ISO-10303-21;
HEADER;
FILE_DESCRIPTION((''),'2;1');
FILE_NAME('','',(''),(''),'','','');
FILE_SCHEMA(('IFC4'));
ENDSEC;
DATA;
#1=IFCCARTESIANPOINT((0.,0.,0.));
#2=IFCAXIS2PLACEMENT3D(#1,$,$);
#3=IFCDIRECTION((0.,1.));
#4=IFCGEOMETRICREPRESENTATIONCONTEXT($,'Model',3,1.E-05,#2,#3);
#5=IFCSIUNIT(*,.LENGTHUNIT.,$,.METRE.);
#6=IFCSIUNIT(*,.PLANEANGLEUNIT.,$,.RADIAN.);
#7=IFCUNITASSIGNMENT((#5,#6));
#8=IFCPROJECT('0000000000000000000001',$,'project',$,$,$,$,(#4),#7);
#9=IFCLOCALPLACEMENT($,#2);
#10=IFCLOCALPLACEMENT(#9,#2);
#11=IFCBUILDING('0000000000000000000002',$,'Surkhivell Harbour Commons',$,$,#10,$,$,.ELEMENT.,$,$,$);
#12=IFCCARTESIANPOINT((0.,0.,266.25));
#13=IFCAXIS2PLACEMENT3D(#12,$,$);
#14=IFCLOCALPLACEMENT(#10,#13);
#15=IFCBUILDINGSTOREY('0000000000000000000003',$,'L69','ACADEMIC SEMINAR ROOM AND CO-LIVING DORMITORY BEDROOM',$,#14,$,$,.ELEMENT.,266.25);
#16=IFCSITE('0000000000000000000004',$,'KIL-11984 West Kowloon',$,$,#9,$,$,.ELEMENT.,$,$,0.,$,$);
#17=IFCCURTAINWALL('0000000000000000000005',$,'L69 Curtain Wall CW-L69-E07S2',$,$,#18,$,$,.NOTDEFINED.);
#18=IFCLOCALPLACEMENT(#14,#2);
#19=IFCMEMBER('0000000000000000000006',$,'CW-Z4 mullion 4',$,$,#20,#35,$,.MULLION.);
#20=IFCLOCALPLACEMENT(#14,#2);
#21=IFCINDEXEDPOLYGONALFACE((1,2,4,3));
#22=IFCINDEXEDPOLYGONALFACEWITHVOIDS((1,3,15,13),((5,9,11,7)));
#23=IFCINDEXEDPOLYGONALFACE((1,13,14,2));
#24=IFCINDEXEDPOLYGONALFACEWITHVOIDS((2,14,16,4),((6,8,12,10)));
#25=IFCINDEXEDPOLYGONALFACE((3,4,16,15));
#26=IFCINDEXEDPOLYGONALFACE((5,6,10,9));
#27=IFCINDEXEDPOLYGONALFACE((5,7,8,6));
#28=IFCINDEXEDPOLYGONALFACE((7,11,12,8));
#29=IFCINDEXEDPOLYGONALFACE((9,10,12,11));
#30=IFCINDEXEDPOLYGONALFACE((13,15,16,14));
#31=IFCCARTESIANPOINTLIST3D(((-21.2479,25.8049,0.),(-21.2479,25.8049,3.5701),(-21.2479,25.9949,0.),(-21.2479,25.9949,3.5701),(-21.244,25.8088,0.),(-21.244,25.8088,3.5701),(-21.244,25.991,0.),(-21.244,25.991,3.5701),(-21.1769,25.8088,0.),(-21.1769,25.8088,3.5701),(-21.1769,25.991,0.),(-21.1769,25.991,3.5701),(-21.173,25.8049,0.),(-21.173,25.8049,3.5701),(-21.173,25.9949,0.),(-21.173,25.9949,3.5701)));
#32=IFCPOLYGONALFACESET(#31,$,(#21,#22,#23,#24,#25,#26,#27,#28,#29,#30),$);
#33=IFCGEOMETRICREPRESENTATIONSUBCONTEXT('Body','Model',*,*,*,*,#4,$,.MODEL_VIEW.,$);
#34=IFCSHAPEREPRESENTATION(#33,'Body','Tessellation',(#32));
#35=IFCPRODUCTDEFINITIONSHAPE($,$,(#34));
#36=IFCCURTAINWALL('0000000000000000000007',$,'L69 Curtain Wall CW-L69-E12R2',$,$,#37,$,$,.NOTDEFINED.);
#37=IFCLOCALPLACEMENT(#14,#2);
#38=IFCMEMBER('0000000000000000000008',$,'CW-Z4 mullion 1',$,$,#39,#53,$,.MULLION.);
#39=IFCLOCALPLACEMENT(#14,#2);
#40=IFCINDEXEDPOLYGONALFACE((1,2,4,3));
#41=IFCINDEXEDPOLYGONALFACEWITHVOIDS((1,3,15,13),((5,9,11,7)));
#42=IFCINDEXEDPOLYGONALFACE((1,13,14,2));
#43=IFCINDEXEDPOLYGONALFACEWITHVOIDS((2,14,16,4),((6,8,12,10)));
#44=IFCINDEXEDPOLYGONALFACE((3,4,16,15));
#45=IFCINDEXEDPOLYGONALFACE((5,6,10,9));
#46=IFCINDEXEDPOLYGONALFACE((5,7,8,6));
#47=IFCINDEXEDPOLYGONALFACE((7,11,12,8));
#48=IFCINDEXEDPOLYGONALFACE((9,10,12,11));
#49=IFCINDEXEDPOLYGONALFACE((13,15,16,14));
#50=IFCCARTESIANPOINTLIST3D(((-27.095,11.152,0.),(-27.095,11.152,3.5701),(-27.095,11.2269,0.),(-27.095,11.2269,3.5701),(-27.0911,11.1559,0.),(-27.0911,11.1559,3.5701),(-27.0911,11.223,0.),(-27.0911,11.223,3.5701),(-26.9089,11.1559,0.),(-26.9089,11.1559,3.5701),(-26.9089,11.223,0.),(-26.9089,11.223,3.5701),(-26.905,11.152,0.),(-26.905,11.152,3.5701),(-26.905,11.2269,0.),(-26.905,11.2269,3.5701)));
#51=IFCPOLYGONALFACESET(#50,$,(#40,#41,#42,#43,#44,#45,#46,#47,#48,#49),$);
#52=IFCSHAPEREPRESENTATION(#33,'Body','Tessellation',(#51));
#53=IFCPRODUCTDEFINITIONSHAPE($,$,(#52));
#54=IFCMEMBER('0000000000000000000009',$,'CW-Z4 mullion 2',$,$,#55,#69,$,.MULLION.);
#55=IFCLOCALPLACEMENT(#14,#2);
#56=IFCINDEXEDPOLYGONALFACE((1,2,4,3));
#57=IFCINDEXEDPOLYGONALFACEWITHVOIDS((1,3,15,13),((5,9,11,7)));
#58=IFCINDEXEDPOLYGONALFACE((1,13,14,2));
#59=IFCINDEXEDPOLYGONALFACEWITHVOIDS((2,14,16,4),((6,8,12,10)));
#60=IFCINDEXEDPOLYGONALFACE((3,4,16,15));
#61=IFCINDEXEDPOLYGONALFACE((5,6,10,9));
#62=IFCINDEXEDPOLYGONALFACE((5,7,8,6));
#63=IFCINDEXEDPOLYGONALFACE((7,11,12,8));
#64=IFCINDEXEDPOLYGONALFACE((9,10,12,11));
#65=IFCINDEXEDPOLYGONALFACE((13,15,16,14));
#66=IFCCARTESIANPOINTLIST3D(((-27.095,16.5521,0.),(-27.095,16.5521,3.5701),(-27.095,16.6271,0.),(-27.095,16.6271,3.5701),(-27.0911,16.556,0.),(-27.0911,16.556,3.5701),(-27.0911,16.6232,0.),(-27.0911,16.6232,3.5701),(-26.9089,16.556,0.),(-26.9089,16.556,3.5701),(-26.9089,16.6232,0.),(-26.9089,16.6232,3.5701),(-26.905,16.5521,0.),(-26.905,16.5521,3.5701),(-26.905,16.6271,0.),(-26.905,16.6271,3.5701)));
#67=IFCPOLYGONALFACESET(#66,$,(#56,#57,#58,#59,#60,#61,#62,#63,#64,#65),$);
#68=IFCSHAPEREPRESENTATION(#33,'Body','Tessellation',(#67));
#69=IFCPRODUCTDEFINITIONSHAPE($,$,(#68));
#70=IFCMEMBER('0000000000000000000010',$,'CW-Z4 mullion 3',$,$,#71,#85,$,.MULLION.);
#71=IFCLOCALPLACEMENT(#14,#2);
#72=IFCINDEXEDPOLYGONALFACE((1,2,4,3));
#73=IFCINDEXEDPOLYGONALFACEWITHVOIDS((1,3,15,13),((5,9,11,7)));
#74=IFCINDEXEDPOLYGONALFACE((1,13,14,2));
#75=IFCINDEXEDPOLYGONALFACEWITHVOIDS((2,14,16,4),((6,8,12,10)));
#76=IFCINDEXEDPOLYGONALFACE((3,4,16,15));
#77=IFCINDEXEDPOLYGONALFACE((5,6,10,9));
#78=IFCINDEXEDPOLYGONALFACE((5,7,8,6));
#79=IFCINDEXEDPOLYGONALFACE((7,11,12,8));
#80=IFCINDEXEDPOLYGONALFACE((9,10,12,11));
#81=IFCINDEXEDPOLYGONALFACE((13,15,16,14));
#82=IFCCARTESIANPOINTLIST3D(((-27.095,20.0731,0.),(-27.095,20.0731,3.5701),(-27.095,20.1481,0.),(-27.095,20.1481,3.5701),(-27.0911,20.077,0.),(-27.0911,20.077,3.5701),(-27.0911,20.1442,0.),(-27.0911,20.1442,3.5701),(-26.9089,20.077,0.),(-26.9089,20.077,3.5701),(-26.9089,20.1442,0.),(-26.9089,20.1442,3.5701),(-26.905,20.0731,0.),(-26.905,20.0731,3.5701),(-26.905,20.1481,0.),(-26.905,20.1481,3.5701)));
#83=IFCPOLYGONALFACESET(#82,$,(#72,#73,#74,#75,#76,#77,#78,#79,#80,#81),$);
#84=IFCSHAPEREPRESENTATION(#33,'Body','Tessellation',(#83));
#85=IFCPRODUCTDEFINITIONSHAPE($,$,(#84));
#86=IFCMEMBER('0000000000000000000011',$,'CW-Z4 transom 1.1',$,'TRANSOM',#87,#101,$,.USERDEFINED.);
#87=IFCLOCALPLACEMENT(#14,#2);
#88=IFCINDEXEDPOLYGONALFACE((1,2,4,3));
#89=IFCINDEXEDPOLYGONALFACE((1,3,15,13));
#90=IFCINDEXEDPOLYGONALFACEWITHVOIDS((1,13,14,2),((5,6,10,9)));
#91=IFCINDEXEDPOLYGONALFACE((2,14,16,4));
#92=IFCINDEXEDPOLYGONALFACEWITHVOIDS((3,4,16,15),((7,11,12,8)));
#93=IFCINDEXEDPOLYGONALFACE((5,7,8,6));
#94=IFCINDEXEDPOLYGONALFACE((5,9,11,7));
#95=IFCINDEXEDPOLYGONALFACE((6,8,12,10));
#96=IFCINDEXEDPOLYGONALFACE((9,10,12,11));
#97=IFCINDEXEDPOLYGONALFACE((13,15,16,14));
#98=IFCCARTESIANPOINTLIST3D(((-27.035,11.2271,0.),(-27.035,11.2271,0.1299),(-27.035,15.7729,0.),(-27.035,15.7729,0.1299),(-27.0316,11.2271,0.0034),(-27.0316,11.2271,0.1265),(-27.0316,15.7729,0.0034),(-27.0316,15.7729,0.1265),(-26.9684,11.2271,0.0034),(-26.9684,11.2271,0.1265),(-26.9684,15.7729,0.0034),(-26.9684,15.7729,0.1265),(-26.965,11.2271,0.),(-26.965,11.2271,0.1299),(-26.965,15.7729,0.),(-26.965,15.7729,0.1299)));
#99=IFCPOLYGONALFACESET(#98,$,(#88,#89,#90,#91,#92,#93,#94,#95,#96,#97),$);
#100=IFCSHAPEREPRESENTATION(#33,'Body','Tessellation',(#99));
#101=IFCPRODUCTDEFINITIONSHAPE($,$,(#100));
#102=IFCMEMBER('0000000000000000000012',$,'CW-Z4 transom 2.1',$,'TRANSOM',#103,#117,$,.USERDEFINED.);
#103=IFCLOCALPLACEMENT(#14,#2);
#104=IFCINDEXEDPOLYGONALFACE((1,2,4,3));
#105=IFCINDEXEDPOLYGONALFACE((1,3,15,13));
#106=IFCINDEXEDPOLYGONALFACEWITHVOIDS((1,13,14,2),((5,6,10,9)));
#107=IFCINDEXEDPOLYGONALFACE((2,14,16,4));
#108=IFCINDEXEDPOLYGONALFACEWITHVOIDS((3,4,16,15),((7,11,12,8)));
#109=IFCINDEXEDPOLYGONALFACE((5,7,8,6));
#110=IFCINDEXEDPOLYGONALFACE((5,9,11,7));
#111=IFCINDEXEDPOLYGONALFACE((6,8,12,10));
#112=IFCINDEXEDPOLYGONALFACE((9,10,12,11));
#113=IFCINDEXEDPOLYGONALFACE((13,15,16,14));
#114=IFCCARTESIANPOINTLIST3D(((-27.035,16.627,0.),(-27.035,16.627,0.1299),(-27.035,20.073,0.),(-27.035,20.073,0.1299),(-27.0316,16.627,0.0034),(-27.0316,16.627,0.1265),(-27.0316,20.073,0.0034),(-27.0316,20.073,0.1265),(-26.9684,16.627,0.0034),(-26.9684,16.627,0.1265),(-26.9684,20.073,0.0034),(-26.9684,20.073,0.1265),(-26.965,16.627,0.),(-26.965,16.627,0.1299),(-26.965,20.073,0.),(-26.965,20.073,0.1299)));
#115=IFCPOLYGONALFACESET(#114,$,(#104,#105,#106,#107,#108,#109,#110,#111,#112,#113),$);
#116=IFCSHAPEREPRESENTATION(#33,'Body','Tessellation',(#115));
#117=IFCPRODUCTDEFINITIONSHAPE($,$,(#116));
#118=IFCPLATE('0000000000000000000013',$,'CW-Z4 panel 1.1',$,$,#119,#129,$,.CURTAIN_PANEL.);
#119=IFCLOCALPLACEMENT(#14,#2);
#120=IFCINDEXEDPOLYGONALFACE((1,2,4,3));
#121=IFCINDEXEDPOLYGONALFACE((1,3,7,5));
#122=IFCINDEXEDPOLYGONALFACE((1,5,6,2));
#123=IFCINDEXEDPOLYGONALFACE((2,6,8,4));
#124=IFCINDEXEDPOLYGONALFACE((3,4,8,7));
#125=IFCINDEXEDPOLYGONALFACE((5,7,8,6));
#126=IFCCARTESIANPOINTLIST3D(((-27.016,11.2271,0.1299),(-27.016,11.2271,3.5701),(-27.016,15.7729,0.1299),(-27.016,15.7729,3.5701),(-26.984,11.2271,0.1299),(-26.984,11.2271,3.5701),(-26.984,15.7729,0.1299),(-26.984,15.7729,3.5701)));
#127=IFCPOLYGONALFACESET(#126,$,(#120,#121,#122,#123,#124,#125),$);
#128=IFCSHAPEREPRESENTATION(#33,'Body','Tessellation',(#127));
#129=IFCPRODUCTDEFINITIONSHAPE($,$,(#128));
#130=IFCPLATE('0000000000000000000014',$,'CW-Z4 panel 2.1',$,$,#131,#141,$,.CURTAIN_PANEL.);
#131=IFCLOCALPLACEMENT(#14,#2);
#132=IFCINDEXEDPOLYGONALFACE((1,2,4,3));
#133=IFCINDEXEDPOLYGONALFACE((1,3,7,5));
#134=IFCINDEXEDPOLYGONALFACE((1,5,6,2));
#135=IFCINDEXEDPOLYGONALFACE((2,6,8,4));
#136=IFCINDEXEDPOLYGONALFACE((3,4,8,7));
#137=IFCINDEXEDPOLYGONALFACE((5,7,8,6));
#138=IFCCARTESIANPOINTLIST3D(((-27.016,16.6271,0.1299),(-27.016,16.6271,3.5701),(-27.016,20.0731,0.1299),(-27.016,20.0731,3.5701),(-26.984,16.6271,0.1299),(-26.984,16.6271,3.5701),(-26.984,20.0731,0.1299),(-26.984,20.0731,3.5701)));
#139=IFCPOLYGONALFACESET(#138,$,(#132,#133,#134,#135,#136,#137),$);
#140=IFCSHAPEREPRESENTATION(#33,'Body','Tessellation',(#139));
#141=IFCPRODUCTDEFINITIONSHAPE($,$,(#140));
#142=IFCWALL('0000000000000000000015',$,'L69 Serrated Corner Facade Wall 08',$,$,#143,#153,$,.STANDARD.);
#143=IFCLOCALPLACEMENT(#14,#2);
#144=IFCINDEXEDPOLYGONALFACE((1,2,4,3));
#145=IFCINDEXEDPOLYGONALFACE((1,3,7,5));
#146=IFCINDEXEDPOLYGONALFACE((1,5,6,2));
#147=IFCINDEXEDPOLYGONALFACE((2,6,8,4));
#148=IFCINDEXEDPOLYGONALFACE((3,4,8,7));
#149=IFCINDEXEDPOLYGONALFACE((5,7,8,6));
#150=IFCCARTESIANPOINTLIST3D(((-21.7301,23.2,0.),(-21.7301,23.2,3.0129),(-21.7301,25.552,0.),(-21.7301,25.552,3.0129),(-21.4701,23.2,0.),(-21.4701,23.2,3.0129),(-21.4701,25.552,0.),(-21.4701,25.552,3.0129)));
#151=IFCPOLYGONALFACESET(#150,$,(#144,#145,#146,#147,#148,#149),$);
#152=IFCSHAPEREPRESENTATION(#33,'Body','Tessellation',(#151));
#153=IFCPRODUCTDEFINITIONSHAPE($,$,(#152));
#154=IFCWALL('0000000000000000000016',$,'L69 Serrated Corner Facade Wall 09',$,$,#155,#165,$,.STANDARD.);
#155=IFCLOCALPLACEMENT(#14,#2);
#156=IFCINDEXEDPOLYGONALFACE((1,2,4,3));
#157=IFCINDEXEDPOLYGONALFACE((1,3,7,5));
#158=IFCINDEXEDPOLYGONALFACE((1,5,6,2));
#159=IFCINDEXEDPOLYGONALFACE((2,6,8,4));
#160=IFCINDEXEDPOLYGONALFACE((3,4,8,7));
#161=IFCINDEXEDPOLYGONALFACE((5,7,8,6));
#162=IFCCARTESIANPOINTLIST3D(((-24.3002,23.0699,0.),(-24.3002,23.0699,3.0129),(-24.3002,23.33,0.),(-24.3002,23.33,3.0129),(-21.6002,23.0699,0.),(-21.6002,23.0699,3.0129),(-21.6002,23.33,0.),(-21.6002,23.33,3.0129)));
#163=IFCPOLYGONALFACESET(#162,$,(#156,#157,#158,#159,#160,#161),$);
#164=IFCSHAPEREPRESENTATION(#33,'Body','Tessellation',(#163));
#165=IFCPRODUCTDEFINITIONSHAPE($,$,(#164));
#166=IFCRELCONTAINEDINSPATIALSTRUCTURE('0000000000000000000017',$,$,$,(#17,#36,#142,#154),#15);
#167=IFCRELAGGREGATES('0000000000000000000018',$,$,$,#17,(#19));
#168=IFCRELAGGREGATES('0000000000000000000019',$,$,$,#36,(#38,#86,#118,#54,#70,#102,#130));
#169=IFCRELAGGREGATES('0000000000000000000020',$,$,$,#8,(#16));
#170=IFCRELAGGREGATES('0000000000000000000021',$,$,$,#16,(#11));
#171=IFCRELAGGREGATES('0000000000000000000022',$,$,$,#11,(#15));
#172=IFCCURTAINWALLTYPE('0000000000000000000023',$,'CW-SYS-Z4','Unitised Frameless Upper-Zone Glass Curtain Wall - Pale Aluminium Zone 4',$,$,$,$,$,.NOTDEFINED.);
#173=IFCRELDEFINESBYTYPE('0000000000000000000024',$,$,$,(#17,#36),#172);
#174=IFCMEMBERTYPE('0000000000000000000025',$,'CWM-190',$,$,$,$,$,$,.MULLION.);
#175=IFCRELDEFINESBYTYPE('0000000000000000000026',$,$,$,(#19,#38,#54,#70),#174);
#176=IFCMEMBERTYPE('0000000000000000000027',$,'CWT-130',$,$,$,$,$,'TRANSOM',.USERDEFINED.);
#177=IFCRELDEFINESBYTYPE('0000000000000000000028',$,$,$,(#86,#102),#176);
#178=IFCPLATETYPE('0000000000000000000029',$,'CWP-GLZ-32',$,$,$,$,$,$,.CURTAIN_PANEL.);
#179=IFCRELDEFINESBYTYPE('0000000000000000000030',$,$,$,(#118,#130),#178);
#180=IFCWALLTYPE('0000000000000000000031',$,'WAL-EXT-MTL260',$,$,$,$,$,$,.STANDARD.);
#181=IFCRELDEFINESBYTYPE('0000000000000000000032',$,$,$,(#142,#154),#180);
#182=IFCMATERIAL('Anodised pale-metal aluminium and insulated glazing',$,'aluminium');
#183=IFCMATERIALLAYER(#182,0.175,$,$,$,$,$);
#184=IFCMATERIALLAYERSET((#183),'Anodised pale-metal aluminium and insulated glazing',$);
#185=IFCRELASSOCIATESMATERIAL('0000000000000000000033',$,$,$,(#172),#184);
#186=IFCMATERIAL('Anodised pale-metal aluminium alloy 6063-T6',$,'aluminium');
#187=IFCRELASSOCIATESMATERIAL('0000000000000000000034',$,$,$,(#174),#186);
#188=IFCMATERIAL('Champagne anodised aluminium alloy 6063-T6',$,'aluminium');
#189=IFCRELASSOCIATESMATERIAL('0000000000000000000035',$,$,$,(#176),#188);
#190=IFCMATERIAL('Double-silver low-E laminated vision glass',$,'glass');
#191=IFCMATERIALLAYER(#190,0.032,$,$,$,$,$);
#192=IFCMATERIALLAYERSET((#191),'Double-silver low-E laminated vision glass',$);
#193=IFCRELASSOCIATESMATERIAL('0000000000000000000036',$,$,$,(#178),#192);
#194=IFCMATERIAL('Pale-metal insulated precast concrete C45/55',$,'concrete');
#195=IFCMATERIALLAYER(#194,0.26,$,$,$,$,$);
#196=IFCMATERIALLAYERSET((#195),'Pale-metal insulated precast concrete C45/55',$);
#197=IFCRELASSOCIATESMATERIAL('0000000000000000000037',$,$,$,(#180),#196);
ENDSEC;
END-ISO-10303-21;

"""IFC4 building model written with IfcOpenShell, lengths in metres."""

from ifc_helpers import new_model, si_unit, direction, frame, frame_2d, origin, origin_2d, place, context, subcontext, project, spatial, rectangle, hollow_rectangle, extrude, material, layer, layer_set, material_profile, profile_set, type_object, element, aggregate, save


model = new_model("IFC4")

# Units and contexts
model_context = context("Model", 3, precision=1e-05, world=origin(), true_north=direction((0.0, 1.0)))
body_context = subcontext(model_context, "Body", "Model", "MODEL_VIEW")
ifc_project = project(units=[si_unit("LENGTHUNIT", "METRE"), si_unit("PLANEANGLEUNIT", "RADIAN")], contexts=[model_context])

# Site, building, storey
site_placement = place(None, origin())
site = spatial("IfcSite", under=ifc_project, at=site_placement, Name="KIL-11984 West Kowloon", CompositionType="ELEMENT", RefElevation=0.0)
building_placement = place(site_placement, origin())
building = spatial("IfcBuilding", under=site, at=building_placement, Name="Surkhivell Harbour Commons", CompositionType="ELEMENT")
storey_placement = place(building_placement, frame((0.0, 0.0, 266.25)))
storey = spatial("IfcBuildingStorey", under=building, at=storey_placement, Name="L69", Description="ACADEMIC SEMINAR ROOM AND CO-LIVING DORMITORY BEDROOM", CompositionType="ELEMENT", Elevation=266.25)

# Curtain wall, member
ifc_material_1 = material(Name="Anodised pale-metal aluminium and insulated glazing", Category="aluminium")
ifc_layer_1 = layer(ifc_material_1, 0.175)
ifc_layer_set_1 = layer_set([ifc_layer_1], Name="Anodised pale-metal aluminium and insulated glazing")
curtain_wall_type = type_object("IfcCurtainWallType", Name="CW-SYS-Z4", Description="Unitised Frameless Upper-Zone Glass Curtain Wall - Pale Aluminium Zone 4", PredefinedType="NOTDEFINED", material=ifc_layer_set_1)
curtain_wall_1_placement = place(storey_placement, origin())
curtain_wall_1 = element("IfcCurtainWall", 1, at=curtain_wall_1_placement, inside=storey, type_object=curtain_wall_type, Name="L69 Curtain Wall CW-L69-E07S2", PredefinedType="NOTDEFINED")
ifc_material_2 = material(Name="Anodised pale-metal aluminium alloy 6063-T6", Category="aluminium")
ifc_material_profile_1 = material_profile(ifc_material_2, hollow_rectangle(XDim=0.075, YDim=0.1899, WallThickness=0.0039, at=origin_2d()), Name="ALU-MULL-75x190")
ifc_profile_set_1 = profile_set([ifc_material_profile_1], Name="Anodised pale-metal aluminium alloy 6063-T6")
member_type_1 = type_object("IfcMemberType", Name="CWM-190", PredefinedType="MULLION", material=ifc_profile_set_1)
member_1_placement = place(storey_placement, frame((-21.2104, 25.8999, 0.0), z_axis=(0.0, 0.0, 1.0), x_axis=(-1.0, 0.0, 0.0)))
member_1 = element("IfcMember", 2, at=member_1_placement, type_object=member_type_1, Name="CW-Z4 mullion 4", PredefinedType="MULLION", context=body_context, shape_type="SweptSolid", body=[
    extrude(hollow_rectangle(XDim=0.075, YDim=0.1899, WallThickness=0.0039, at=origin_2d()), origin(), (0.0, 0.0, 1.0), 3.5701),
])
aggregate(curtain_wall_1, [member_1])

# Curtain wall, members, plates
curtain_wall_2_placement = place(storey_placement, origin())
curtain_wall_2 = element("IfcCurtainWall", 3, at=curtain_wall_2_placement, inside=storey, type_object=curtain_wall_type, Name="L69 Curtain Wall CW-L69-E12R2", PredefinedType="NOTDEFINED")
member_2_placement = place(storey_placement, frame((-27.0, 11.1895, 0.0), z_axis=(0.0, 0.0, 1.0), x_axis=(0.0, 1.0, 0.0)))
member_2 = element("IfcMember", 4, at=member_2_placement, type_object=member_type_1, Name="CW-Z4 mullion 1", PredefinedType="MULLION", context=body_context, shape_type="SweptSolid", body=[
    extrude(hollow_rectangle(XDim=0.075, YDim=0.1899, WallThickness=0.0039, at=origin_2d()), origin(), (0.0, 0.0, 1.0), 3.5701),
])
member_3_placement = place(storey_placement, frame((-27.0, 16.5896, 0.0), z_axis=(0.0, 0.0, 1.0), x_axis=(0.0, 1.0, 0.0)))
member_3 = element("IfcMember", 5, at=member_3_placement, type_object=member_type_1, Name="CW-Z4 mullion 2", PredefinedType="MULLION", context=body_context, shape_type="SweptSolid", body=[
    extrude(hollow_rectangle(XDim=0.075, YDim=0.1899, WallThickness=0.0039, at=origin_2d()), origin(), (0.0, 0.0, 1.0), 3.5701),
])
member_4_placement = place(storey_placement, frame((-27.0, 20.1106, 0.0), z_axis=(0.0, 0.0, 1.0), x_axis=(0.0, 1.0, 0.0)))
member_4 = element("IfcMember", 6, at=member_4_placement, type_object=member_type_1, Name="CW-Z4 mullion 3", PredefinedType="MULLION", context=body_context, shape_type="SweptSolid", body=[
    extrude(hollow_rectangle(XDim=0.075, YDim=0.1899, WallThickness=0.0039, at=origin_2d()), origin(), (0.0, 0.0, 1.0), 3.5701),
])
ifc_material_3 = material(Name="Champagne anodised aluminium alloy 6063-T6", Category="aluminium")
ifc_material_profile_2 = material_profile(ifc_material_3, hollow_rectangle(XDim=0.0701, YDim=0.1299, WallThickness=0.0034, at=origin_2d()), Name="ALU-TRAN-70x130")
ifc_profile_set_2 = profile_set([ifc_material_profile_2], Name="Champagne anodised aluminium alloy 6063-T6")
member_type_2 = type_object("IfcMemberType", Name="CWT-130", ElementType="TRANSOM", PredefinedType="USERDEFINED", material=ifc_profile_set_2)
member_5_placement = place(storey_placement, frame((-27.0, 11.2271, 0.0649), z_axis=(0.0, 1.0, 0.0), x_axis=(-1.0, 0.0, 0.0)))
member_5 = element("IfcMember", 7, at=member_5_placement, type_object=member_type_2, Name="CW-Z4 transom 1.1", ObjectType="TRANSOM", PredefinedType="USERDEFINED", context=body_context, shape_type="SweptSolid", body=[
    extrude(hollow_rectangle(XDim=0.0701, YDim=0.1299, WallThickness=0.0034, at=origin_2d()), origin(), (0.0, 0.0, 1.0), 4.5459),
])
member_6_placement = place(storey_placement, frame((-27.0, 16.627, 0.0649), z_axis=(0.0, 1.0, 0.0), x_axis=(-1.0, 0.0, 0.0)))
member_6 = element("IfcMember", 8, at=member_6_placement, type_object=member_type_2, Name="CW-Z4 transom 2.1", ObjectType="TRANSOM", PredefinedType="USERDEFINED", context=body_context, shape_type="SweptSolid", body=[
    extrude(hollow_rectangle(XDim=0.0701, YDim=0.1299, WallThickness=0.0034, at=origin_2d()), origin(), (0.0, 0.0, 1.0), 3.446),
])
ifc_material_4 = material(Name="Double-silver low-E laminated vision glass", Category="glass")
ifc_layer_2 = layer(ifc_material_4, 0.032)
ifc_layer_set_2 = layer_set([ifc_layer_2], Name="Double-silver low-E laminated vision glass")
plate_type = type_object("IfcPlateType", Name="CWP-GLZ-32", PredefinedType="CURTAIN_PANEL", material=ifc_layer_set_2)
plate_1_placement = place(storey_placement, frame((-27.0, 11.2271, 0.1299), z_axis=(0.0, 0.0, 1.0), x_axis=(0.0, 1.0, 0.0)))
plate_1 = element("IfcPlate", 9, at=plate_1_placement, type_object=plate_type, Name="CW-Z4 panel 1.1", PredefinedType="CURTAIN_PANEL", context=body_context, shape_type="SweptSolid", body=[
    extrude(rectangle(XDim=4.5459, YDim=0.032, at=frame_2d((2.2729, 0.0))), origin(), (0.0, 0.0, 1.0), 3.4402),
])
plate_2_placement = place(storey_placement, frame((-27.0, 16.627, 0.1299), z_axis=(0.0, 0.0, 1.0), x_axis=(0.0, 1.0, 0.0)))
plate_2 = element("IfcPlate", 10, at=plate_2_placement, type_object=plate_type, Name="CW-Z4 panel 2.1", PredefinedType="CURTAIN_PANEL", context=body_context, shape_type="SweptSolid", body=[
    extrude(rectangle(XDim=3.446, YDim=0.032, at=frame_2d((1.7231, 0.0))), origin(), (0.0, 0.0, 1.0), 3.4402),
])
aggregate(curtain_wall_2, [member_2, member_5, plate_1, member_3, member_4, member_6, plate_2])

# Walls
ifc_material_5 = material(Name="Pale-metal insulated precast concrete C45/55", Category="concrete")
ifc_layer_3 = layer(ifc_material_5, 0.26)
ifc_layer_set_3 = layer_set([ifc_layer_3], Name="Pale-metal insulated precast concrete C45/55")
wall_type = type_object("IfcWallType", Name="WAL-EXT-MTL260", PredefinedType="STANDARD", material=ifc_layer_set_3)
wall_1_placement = place(storey_placement, frame((-21.6001, 25.552, 0.0), z_axis=(0.0, 0.0, 1.0), x_axis=(0.0, -1.0, 0.0)))
element("IfcWall", 11, at=wall_1_placement, inside=storey, type_object=wall_type, Name="L69 Serrated Corner Facade Wall 08", PredefinedType="STANDARD", context=body_context, shape_type="SweptSolid", body=[
    extrude(rectangle(XDim=2.3521, YDim=0.26, at=frame_2d((1.176, 0.0))), origin(), (0.0, 0.0, 1.0), 3.0129),
])
wall_2_placement = place(storey_placement, frame((-21.6001, 23.2, 0.0), z_axis=(0.0, 0.0, 1.0), x_axis=(-1.0, 0.0, 0.0)))
element("IfcWall", 12, at=wall_2_placement, inside=storey, type_object=wall_type, Name="L69 Serrated Corner Facade Wall 09", PredefinedType="STANDARD", context=body_context, shape_type="SweptSolid", body=[
    extrude(rectangle(XDim=2.7, YDim=0.26, at=frame_2d((1.3501, 0.0))), origin(), (0.0, 0.0, 1.0), 3.0129),
])

save(model, "model.ifc")
